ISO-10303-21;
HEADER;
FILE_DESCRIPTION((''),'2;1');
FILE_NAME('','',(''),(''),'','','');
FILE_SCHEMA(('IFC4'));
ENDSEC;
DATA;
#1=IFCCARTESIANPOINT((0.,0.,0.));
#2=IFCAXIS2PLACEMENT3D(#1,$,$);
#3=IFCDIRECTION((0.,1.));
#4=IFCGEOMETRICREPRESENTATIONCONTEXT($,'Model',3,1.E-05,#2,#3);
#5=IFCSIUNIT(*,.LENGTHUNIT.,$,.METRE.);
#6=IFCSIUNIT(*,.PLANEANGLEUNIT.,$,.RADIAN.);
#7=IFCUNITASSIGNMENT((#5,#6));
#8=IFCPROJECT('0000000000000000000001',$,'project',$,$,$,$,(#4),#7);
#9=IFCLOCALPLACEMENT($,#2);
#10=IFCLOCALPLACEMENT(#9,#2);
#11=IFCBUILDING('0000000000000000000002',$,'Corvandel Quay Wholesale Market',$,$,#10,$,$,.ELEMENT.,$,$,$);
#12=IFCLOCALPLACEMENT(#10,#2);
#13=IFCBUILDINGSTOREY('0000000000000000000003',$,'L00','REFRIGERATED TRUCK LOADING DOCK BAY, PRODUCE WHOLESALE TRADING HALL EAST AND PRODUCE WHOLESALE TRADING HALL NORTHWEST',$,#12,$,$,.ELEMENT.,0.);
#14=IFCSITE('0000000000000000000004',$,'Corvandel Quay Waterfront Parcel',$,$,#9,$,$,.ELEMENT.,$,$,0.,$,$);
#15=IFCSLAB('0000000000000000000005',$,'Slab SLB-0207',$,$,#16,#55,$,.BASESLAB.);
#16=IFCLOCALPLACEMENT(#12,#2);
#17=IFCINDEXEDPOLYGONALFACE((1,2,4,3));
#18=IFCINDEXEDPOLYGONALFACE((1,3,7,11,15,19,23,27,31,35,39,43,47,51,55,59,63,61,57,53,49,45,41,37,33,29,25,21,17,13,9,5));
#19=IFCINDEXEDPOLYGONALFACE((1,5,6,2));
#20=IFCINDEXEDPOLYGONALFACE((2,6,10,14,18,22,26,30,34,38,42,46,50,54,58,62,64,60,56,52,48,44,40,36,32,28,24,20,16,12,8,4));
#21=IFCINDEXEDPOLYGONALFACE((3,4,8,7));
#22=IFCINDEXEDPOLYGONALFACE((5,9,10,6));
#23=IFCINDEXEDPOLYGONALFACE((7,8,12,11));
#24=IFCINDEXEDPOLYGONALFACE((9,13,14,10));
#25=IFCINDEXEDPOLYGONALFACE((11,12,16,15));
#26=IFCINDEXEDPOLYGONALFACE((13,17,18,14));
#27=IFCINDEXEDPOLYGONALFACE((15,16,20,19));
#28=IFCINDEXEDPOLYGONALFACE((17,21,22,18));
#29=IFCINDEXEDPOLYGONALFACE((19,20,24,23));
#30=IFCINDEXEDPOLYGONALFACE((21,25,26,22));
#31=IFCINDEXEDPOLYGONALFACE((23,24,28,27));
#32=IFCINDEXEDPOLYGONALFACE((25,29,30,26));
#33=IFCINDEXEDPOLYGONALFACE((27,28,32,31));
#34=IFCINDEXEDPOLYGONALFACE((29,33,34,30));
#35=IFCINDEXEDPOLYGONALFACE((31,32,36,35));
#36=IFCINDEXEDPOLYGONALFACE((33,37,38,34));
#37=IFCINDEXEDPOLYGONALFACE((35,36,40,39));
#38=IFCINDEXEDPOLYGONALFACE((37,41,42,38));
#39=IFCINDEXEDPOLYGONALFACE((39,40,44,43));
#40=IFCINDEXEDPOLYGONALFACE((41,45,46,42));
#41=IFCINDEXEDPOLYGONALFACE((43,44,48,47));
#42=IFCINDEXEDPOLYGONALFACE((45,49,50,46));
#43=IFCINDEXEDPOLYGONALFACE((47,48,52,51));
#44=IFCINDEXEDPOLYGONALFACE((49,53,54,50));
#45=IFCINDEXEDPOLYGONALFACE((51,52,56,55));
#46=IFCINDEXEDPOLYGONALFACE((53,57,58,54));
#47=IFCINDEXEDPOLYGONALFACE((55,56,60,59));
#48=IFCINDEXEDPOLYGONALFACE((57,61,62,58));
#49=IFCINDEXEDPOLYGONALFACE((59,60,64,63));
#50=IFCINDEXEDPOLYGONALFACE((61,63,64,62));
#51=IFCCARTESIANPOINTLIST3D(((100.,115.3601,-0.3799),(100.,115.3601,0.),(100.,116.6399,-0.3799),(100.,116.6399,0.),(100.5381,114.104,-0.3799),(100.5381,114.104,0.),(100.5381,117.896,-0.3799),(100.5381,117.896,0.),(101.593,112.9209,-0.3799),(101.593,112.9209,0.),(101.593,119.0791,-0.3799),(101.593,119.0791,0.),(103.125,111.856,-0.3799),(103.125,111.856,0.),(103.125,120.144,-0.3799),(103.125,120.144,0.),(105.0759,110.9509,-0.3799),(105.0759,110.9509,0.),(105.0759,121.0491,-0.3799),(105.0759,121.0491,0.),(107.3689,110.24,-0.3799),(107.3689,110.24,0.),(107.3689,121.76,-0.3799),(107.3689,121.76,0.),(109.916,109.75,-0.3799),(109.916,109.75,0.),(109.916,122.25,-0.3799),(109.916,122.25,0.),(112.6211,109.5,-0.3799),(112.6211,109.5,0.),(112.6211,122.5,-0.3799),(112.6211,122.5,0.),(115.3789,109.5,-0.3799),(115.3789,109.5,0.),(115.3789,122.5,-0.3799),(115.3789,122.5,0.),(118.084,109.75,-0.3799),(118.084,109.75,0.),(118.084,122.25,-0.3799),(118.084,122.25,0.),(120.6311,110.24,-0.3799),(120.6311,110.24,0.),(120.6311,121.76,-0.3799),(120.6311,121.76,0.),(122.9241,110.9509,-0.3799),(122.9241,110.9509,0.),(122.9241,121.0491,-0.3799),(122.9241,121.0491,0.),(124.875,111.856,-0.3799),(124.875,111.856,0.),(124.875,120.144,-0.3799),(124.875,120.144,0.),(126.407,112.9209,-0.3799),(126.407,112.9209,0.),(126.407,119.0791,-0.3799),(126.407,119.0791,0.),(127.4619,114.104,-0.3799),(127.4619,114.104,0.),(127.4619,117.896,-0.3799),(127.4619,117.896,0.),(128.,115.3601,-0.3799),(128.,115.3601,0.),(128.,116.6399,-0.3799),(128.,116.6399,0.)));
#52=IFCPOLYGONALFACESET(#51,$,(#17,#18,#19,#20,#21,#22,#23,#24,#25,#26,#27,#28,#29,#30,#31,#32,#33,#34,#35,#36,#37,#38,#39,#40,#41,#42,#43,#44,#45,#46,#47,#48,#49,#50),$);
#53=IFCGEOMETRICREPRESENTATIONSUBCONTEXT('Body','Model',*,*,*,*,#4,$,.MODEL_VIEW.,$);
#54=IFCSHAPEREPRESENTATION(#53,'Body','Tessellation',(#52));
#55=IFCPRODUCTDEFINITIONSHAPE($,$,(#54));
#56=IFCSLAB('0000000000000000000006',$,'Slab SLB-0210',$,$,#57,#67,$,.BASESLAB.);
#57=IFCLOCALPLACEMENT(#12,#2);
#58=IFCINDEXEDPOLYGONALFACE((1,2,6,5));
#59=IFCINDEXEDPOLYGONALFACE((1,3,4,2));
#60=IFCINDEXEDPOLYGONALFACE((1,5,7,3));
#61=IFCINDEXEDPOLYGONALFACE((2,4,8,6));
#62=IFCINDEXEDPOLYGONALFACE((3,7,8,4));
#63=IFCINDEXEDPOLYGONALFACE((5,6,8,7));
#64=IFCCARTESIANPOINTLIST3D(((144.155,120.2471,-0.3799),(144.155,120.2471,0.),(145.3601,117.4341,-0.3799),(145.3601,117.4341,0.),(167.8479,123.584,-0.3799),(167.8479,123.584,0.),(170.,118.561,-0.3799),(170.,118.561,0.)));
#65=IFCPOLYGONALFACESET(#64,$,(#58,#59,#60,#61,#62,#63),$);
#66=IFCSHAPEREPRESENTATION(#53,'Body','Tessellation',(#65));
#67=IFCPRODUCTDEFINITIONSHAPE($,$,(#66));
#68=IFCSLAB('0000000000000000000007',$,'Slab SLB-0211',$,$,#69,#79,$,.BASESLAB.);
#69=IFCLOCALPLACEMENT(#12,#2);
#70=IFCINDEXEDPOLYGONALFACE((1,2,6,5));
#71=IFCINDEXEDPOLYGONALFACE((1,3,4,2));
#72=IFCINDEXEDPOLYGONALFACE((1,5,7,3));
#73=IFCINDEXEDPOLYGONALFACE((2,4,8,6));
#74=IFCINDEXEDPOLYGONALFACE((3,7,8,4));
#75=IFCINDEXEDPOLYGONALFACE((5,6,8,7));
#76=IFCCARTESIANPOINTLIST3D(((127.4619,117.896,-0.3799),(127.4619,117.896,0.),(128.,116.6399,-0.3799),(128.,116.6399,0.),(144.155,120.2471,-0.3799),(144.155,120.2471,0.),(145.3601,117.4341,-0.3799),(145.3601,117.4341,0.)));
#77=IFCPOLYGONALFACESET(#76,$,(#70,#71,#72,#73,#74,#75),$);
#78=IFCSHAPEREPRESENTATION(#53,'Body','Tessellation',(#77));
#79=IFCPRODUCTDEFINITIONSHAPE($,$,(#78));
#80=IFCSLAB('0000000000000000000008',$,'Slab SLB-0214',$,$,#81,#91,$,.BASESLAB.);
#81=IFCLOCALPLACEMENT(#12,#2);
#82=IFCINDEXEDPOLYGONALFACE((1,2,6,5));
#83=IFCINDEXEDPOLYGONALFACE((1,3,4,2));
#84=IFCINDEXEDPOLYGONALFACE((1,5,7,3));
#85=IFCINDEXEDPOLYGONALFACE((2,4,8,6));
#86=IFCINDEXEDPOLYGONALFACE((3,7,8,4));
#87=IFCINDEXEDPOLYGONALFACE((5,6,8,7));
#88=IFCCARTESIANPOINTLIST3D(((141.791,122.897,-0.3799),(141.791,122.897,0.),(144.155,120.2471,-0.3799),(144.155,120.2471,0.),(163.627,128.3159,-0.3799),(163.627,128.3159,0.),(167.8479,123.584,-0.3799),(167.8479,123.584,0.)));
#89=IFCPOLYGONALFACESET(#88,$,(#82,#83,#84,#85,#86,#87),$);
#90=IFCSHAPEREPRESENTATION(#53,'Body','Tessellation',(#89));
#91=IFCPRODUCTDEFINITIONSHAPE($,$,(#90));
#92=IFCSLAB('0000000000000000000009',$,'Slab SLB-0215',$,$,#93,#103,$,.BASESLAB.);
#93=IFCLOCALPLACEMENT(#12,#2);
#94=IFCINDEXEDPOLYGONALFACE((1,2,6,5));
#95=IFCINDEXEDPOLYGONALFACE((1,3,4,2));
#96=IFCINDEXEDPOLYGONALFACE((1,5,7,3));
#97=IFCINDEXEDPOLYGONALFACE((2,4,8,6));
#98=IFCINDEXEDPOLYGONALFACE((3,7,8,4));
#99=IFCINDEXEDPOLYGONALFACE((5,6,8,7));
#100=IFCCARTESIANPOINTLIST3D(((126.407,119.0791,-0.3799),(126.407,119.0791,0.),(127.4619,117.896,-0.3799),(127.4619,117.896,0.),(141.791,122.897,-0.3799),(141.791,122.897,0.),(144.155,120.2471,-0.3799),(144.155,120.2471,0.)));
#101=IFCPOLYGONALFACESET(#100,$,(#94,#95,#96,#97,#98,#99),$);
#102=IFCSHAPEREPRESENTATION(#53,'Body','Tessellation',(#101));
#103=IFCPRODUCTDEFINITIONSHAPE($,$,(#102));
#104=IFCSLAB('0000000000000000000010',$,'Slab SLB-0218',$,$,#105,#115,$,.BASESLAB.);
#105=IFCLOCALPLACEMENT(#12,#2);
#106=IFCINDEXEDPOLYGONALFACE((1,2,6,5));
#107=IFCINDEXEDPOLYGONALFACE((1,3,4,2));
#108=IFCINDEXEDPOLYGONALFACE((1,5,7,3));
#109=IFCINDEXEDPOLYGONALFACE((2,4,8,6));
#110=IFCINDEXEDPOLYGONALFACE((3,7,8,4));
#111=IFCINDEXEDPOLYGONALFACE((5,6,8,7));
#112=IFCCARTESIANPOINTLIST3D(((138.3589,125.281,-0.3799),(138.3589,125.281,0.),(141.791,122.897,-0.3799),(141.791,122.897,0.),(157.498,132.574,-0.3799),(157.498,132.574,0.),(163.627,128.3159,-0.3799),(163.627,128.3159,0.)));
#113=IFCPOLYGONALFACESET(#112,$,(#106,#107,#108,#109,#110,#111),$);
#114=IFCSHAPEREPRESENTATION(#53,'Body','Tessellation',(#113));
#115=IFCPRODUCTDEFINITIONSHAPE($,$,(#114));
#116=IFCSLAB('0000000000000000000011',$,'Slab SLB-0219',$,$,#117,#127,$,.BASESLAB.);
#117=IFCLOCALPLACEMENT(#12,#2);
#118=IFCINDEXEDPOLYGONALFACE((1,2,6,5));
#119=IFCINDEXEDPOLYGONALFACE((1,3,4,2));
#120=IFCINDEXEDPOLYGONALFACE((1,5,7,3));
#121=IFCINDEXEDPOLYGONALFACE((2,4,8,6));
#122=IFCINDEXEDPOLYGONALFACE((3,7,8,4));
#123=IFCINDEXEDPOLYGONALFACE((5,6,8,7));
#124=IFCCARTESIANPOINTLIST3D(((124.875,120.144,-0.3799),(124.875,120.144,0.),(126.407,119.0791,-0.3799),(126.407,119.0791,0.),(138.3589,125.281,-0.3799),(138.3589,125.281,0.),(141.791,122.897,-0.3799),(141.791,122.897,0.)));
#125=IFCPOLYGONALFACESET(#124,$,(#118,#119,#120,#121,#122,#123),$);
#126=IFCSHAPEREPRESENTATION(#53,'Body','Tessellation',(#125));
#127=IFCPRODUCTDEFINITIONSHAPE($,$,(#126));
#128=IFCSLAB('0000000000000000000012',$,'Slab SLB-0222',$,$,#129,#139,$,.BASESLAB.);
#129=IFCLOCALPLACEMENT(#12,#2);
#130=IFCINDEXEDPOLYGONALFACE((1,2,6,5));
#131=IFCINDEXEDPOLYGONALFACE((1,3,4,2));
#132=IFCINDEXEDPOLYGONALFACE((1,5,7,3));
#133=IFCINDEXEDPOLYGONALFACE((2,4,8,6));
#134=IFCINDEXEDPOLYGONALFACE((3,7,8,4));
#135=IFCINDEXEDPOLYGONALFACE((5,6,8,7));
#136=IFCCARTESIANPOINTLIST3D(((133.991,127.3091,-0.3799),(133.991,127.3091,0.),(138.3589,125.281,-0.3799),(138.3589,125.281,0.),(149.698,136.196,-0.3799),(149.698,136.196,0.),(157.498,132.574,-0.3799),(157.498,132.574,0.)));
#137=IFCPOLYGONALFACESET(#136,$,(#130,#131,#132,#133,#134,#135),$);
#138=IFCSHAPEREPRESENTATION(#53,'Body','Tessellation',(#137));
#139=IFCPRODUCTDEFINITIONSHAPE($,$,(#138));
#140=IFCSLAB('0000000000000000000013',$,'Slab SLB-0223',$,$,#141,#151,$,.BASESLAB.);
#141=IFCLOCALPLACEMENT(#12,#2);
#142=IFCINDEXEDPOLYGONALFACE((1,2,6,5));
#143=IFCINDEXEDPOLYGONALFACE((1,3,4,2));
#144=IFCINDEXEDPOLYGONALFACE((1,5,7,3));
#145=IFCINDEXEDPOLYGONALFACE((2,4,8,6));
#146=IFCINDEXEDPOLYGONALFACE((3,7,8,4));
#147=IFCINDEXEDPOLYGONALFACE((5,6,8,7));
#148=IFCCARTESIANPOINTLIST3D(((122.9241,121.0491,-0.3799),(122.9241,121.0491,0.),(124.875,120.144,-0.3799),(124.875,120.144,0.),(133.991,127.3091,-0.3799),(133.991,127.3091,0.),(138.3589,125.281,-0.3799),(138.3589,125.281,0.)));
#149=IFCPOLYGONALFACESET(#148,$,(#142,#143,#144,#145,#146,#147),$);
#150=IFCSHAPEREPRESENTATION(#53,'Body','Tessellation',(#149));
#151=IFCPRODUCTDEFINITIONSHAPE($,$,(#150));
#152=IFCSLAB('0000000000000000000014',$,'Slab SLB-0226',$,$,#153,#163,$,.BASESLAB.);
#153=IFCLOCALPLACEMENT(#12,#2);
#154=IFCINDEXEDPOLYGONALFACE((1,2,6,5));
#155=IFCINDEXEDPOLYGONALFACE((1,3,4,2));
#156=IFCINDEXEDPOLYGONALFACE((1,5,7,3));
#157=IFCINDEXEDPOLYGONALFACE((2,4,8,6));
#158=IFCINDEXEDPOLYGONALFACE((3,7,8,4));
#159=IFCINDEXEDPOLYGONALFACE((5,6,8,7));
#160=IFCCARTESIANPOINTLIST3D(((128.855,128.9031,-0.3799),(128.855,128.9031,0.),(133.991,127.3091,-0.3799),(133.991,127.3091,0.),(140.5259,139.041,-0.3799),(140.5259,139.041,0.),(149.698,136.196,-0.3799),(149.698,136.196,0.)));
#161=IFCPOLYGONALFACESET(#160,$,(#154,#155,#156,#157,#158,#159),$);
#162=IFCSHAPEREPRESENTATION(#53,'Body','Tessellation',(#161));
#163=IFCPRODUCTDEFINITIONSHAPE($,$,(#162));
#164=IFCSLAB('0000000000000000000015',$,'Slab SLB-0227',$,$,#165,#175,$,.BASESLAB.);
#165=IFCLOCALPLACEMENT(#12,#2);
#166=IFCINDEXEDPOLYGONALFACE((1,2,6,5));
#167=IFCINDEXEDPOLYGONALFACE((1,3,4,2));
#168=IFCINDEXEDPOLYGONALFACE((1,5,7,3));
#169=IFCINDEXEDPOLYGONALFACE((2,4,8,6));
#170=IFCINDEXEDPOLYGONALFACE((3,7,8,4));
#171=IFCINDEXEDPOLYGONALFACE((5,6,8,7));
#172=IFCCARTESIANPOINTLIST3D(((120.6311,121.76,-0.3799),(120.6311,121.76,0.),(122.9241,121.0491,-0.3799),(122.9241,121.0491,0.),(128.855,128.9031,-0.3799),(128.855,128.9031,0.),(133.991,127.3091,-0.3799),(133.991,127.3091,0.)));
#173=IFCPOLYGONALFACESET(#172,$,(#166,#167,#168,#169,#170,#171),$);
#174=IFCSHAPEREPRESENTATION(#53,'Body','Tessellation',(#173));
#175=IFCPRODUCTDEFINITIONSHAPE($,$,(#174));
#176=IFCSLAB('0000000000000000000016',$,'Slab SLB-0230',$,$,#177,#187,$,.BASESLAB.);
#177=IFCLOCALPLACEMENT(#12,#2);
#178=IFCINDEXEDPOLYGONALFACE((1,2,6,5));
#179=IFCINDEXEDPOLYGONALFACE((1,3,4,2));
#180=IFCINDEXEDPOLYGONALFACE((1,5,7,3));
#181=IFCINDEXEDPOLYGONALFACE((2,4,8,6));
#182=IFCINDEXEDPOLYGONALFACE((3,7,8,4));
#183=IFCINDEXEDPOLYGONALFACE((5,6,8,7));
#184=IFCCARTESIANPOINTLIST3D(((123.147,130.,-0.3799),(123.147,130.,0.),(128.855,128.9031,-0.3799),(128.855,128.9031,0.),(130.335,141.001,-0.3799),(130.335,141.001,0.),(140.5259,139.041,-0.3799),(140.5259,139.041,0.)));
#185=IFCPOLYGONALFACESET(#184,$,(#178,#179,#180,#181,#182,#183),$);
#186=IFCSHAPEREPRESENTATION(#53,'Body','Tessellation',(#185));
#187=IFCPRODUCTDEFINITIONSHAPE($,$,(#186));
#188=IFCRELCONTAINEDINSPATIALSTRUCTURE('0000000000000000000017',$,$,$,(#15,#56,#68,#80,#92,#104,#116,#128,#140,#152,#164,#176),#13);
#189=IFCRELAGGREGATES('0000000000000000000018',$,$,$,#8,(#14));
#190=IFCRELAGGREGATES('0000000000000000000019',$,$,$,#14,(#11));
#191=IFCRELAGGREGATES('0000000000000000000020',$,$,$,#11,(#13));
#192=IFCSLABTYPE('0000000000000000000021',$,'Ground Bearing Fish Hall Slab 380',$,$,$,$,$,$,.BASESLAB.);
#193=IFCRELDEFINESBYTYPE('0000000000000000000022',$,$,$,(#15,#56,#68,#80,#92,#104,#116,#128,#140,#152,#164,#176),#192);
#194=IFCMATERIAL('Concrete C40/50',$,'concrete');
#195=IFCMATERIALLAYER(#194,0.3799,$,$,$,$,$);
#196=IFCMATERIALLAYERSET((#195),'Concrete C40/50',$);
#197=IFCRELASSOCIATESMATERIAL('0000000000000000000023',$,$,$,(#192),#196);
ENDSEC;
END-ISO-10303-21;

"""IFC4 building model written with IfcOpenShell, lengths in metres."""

from ifc_helpers import new_model, si_unit, direction, frame, origin, place, context, subcontext, project, spatial, polyline, outline, extrude, material, layer, layer_set, type_object, element, save


model = new_model("IFC4")

# Units and contexts
model_context = context("Model", 3, precision=1e-05, world=origin(), true_north=direction((0.0, 1.0)))
body_context = subcontext(model_context, "Body", "Model", "MODEL_VIEW")
ifc_project = project(units=[si_unit("LENGTHUNIT", "METRE"), si_unit("PLANEANGLEUNIT", "RADIAN")], contexts=[model_context])

# Site, building, storey
site_placement = place(None, origin())
site = spatial("IfcSite", under=ifc_project, at=site_placement, Name="Corvandel Quay Waterfront Parcel", CompositionType="ELEMENT", RefElevation=0.0)
building_placement = place(site_placement, origin())
building = spatial("IfcBuilding", under=site, at=building_placement, Name="Corvandel Quay Wholesale Market", CompositionType="ELEMENT")
storey_placement = place(building_placement, origin())
storey = spatial("IfcBuildingStorey", under=building, at=storey_placement, Name="L00", Description="REFRIGERATED TRUCK LOADING DOCK BAY, PRODUCE WHOLESALE TRADING HALL EAST AND PRODUCE WHOLESALE TRADING HALL NORTHWEST", CompositionType="ELEMENT", Elevation=0.0)

# Slabs
ifc_material = material(Name="Concrete C40/50", Category="concrete")
ifc_layer_1 = layer(ifc_material, 0.3799)
ifc_layer_set_1 = layer_set([ifc_layer_1], Name="Concrete C40/50")
slab_type_1 = type_object("IfcSlabType", Name="Ground Bearing Fish Hall Slab 380", PredefinedType="BASESLAB", material=ifc_layer_set_1)
slab_1_placement = place(storey_placement, frame((0.0, 0.0, -0.3799)))
element("IfcSlab", 1, at=slab_1_placement, inside=storey, type_object=slab_type_1, Name="Slab SLB-0207", PredefinedType="BASESLAB", context=body_context, shape_type="SweptSolid", body=[
    extrude(outline(polyline([(128.0, 116.6399), (127.4619, 117.896), (126.407, 119.0791), (124.875, 120.144), (122.9241, 121.0491), (120.6311, 121.76), (118.084, 122.25), (115.3789, 122.5), (112.6211, 122.5), (109.916, 122.25), (107.3689, 121.76), (105.0759, 121.0491), (103.125, 120.144), (101.593, 119.0791), (100.5381, 117.896), (100.0, 116.6399), (100.0, 115.3601), (100.5381, 114.104), (101.593, 112.9209), (103.125, 111.856), (105.0759, 110.9509), (107.3689, 110.24), (109.916, 109.75), (112.6211, 109.5), (115.3789, 109.5), (118.084, 109.75), (120.6311, 110.24), (122.9241, 110.9509), (124.875, 111.856), (126.407, 112.9209), (127.4619, 114.104), (128.0, 115.3601), (128.0, 116.6399)])), origin(), (0.0, 0.0, 1.0), 0.3799),
])
slab_2_placement = place(storey_placement, frame((0.0, 0.0, -0.3799)))
element("IfcSlab", 2, at=slab_2_placement, inside=storey, type_object=slab_type_1, Name="Slab SLB-0210", PredefinedType="BASESLAB", context=body_context, shape_type="SweptSolid", body=[
    extrude(outline(polyline([(170.0, 118.561), (167.8479, 123.584), (144.155, 120.2471), (145.3601, 117.4341), (170.0, 118.561)])), origin(), (0.0, 0.0, 1.0), 0.3799),
])
slab_3_placement = place(storey_placement, frame((0.0, 0.0, -0.3799)))
element("IfcSlab", 3, at=slab_3_placement, inside=storey, type_object=slab_type_1, Name="Slab SLB-0211", PredefinedType="BASESLAB", context=body_context, shape_type="SweptSolid", body=[
    extrude(outline(polyline([(145.3601, 117.4341), (144.155, 120.2471), (127.4619, 117.896), (128.0, 116.6399), (145.3601, 117.4341)])), origin(), (0.0, 0.0, 1.0), 0.3799),
])
slab_4_placement = place(storey_placement, frame((0.0, 0.0, -0.3799)))
element("IfcSlab", 4, at=slab_4_placement, inside=storey, type_object=slab_type_1, Name="Slab SLB-0214", PredefinedType="BASESLAB", context=body_context, shape_type="SweptSolid", body=[
    extrude(outline(polyline([(167.8479, 123.584), (163.627, 128.3159), (141.791, 122.897), (144.155, 120.2471), (167.8479, 123.584)])), origin(), (0.0, 0.0, 1.0), 0.3799),
])
slab_5_placement = place(storey_placement, frame((0.0, 0.0, -0.3799)))
element("IfcSlab", 5, at=slab_5_placement, inside=storey, type_object=slab_type_1, Name="Slab SLB-0215", PredefinedType="BASESLAB", context=body_context, shape_type="SweptSolid", body=[
    extrude(outline(polyline([(144.155, 120.2471), (141.791, 122.897), (126.407, 119.0791), (127.4619, 117.896), (144.155, 120.2471)])), origin(), (0.0, 0.0, 1.0), 0.3799),
])
slab_6_placement = place(storey_placement, frame((0.0, 0.0, -0.3799)))
element("IfcSlab", 6, at=slab_6_placement, inside=storey, type_object=slab_type_1, Name="Slab SLB-0218", PredefinedType="BASESLAB", context=body_context, shape_type="SweptSolid", body=[
    extrude(outline(polyline([(163.627, 128.3159), (157.498, 132.574), (138.3589, 125.281), (141.791, 122.897), (163.627, 128.3159)])), origin(), (0.0, 0.0, 1.0), 0.3799),
])
slab_7_placement = place(storey_placement, frame((0.0, 0.0, -0.3799)))
element("IfcSlab", 7, at=slab_7_placement, inside=storey, type_object=slab_type_1, Name="Slab SLB-0219", PredefinedType="BASESLAB", context=body_context, shape_type="SweptSolid", body=[
    extrude(outline(polyline([(141.791, 122.897), (138.3589, 125.281), (124.875, 120.144), (126.407, 119.0791), (141.791, 122.897)])), origin(), (0.0, 0.0, 1.0), 0.3799),
])
slab_8_placement = place(storey_placement, frame((0.0, 0.0, -0.3799)))
element("IfcSlab", 8, at=slab_8_placement, inside=storey, type_object=slab_type_1, Name="Slab SLB-0222", PredefinedType="BASESLAB", context=body_context, shape_type="SweptSolid", body=[
    extrude(outline(polyline([(157.498, 132.574), (149.698, 136.196), (133.991, 127.3091), (138.3589, 125.281), (157.498, 132.574)])), origin(), (0.0, 0.0, 1.0), 0.3799),
])
slab_9_placement = place(storey_placement, frame((0.0, 0.0, -0.3799)))
element("IfcSlab", 9, at=slab_9_placement, inside=storey, type_object=slab_type_1, Name="Slab SLB-0223", PredefinedType="BASESLAB", context=body_context, shape_type="SweptSolid", body=[
    extrude(outline(polyline([(138.3589, 125.281), (133.991, 127.3091), (122.9241, 121.0491), (124.875, 120.144), (138.3589, 125.281)])), origin(), (0.0, 0.0, 1.0), 0.3799),
])
slab_10_placement = place(storey_placement, frame((0.0, 0.0, -0.3799)))
element("IfcSlab", 10, at=slab_10_placement, inside=storey, type_object=slab_type_1, Name="Slab SLB-0226", PredefinedType="BASESLAB", context=body_context, shape_type="SweptSolid", body=[
    extrude(outline(polyline([(149.698, 136.196), (140.5259, 139.041), (128.855, 128.9031), (133.991, 127.3091), (149.698, 136.196)])), origin(), (0.0, 0.0, 1.0), 0.3799),
])
slab_11_placement = place(storey_placement, frame((0.0, 0.0, -0.3799)))
element("IfcSlab", 11, at=slab_11_placement, inside=storey, type_object=slab_type_1, Name="Slab SLB-0227", PredefinedType="BASESLAB", context=body_context, shape_type="SweptSolid", body=[
    extrude(outline(polyline([(133.991, 127.3091), (128.855, 128.9031), (120.6311, 121.76), (122.9241, 121.0491), (133.991, 127.3091)])), origin(), (0.0, 0.0, 1.0), 0.3799),
])
slab_12_placement = place(storey_placement, frame((0.0, 0.0, -0.3799)))
element("IfcSlab", 12, at=slab_12_placement, inside=storey, type_object=slab_type_1, Name="Slab SLB-0230", PredefinedType="BASESLAB", context=body_context, shape_type="SweptSolid", body=[
    extrude(outline(polyline([(140.5259, 139.041), (130.335, 141.001), (123.147, 130.0), (128.855, 128.9031), (140.5259, 139.041)])), origin(), (0.0, 0.0, 1.0), 0.3799),
])

save(model, "model.ifc")
